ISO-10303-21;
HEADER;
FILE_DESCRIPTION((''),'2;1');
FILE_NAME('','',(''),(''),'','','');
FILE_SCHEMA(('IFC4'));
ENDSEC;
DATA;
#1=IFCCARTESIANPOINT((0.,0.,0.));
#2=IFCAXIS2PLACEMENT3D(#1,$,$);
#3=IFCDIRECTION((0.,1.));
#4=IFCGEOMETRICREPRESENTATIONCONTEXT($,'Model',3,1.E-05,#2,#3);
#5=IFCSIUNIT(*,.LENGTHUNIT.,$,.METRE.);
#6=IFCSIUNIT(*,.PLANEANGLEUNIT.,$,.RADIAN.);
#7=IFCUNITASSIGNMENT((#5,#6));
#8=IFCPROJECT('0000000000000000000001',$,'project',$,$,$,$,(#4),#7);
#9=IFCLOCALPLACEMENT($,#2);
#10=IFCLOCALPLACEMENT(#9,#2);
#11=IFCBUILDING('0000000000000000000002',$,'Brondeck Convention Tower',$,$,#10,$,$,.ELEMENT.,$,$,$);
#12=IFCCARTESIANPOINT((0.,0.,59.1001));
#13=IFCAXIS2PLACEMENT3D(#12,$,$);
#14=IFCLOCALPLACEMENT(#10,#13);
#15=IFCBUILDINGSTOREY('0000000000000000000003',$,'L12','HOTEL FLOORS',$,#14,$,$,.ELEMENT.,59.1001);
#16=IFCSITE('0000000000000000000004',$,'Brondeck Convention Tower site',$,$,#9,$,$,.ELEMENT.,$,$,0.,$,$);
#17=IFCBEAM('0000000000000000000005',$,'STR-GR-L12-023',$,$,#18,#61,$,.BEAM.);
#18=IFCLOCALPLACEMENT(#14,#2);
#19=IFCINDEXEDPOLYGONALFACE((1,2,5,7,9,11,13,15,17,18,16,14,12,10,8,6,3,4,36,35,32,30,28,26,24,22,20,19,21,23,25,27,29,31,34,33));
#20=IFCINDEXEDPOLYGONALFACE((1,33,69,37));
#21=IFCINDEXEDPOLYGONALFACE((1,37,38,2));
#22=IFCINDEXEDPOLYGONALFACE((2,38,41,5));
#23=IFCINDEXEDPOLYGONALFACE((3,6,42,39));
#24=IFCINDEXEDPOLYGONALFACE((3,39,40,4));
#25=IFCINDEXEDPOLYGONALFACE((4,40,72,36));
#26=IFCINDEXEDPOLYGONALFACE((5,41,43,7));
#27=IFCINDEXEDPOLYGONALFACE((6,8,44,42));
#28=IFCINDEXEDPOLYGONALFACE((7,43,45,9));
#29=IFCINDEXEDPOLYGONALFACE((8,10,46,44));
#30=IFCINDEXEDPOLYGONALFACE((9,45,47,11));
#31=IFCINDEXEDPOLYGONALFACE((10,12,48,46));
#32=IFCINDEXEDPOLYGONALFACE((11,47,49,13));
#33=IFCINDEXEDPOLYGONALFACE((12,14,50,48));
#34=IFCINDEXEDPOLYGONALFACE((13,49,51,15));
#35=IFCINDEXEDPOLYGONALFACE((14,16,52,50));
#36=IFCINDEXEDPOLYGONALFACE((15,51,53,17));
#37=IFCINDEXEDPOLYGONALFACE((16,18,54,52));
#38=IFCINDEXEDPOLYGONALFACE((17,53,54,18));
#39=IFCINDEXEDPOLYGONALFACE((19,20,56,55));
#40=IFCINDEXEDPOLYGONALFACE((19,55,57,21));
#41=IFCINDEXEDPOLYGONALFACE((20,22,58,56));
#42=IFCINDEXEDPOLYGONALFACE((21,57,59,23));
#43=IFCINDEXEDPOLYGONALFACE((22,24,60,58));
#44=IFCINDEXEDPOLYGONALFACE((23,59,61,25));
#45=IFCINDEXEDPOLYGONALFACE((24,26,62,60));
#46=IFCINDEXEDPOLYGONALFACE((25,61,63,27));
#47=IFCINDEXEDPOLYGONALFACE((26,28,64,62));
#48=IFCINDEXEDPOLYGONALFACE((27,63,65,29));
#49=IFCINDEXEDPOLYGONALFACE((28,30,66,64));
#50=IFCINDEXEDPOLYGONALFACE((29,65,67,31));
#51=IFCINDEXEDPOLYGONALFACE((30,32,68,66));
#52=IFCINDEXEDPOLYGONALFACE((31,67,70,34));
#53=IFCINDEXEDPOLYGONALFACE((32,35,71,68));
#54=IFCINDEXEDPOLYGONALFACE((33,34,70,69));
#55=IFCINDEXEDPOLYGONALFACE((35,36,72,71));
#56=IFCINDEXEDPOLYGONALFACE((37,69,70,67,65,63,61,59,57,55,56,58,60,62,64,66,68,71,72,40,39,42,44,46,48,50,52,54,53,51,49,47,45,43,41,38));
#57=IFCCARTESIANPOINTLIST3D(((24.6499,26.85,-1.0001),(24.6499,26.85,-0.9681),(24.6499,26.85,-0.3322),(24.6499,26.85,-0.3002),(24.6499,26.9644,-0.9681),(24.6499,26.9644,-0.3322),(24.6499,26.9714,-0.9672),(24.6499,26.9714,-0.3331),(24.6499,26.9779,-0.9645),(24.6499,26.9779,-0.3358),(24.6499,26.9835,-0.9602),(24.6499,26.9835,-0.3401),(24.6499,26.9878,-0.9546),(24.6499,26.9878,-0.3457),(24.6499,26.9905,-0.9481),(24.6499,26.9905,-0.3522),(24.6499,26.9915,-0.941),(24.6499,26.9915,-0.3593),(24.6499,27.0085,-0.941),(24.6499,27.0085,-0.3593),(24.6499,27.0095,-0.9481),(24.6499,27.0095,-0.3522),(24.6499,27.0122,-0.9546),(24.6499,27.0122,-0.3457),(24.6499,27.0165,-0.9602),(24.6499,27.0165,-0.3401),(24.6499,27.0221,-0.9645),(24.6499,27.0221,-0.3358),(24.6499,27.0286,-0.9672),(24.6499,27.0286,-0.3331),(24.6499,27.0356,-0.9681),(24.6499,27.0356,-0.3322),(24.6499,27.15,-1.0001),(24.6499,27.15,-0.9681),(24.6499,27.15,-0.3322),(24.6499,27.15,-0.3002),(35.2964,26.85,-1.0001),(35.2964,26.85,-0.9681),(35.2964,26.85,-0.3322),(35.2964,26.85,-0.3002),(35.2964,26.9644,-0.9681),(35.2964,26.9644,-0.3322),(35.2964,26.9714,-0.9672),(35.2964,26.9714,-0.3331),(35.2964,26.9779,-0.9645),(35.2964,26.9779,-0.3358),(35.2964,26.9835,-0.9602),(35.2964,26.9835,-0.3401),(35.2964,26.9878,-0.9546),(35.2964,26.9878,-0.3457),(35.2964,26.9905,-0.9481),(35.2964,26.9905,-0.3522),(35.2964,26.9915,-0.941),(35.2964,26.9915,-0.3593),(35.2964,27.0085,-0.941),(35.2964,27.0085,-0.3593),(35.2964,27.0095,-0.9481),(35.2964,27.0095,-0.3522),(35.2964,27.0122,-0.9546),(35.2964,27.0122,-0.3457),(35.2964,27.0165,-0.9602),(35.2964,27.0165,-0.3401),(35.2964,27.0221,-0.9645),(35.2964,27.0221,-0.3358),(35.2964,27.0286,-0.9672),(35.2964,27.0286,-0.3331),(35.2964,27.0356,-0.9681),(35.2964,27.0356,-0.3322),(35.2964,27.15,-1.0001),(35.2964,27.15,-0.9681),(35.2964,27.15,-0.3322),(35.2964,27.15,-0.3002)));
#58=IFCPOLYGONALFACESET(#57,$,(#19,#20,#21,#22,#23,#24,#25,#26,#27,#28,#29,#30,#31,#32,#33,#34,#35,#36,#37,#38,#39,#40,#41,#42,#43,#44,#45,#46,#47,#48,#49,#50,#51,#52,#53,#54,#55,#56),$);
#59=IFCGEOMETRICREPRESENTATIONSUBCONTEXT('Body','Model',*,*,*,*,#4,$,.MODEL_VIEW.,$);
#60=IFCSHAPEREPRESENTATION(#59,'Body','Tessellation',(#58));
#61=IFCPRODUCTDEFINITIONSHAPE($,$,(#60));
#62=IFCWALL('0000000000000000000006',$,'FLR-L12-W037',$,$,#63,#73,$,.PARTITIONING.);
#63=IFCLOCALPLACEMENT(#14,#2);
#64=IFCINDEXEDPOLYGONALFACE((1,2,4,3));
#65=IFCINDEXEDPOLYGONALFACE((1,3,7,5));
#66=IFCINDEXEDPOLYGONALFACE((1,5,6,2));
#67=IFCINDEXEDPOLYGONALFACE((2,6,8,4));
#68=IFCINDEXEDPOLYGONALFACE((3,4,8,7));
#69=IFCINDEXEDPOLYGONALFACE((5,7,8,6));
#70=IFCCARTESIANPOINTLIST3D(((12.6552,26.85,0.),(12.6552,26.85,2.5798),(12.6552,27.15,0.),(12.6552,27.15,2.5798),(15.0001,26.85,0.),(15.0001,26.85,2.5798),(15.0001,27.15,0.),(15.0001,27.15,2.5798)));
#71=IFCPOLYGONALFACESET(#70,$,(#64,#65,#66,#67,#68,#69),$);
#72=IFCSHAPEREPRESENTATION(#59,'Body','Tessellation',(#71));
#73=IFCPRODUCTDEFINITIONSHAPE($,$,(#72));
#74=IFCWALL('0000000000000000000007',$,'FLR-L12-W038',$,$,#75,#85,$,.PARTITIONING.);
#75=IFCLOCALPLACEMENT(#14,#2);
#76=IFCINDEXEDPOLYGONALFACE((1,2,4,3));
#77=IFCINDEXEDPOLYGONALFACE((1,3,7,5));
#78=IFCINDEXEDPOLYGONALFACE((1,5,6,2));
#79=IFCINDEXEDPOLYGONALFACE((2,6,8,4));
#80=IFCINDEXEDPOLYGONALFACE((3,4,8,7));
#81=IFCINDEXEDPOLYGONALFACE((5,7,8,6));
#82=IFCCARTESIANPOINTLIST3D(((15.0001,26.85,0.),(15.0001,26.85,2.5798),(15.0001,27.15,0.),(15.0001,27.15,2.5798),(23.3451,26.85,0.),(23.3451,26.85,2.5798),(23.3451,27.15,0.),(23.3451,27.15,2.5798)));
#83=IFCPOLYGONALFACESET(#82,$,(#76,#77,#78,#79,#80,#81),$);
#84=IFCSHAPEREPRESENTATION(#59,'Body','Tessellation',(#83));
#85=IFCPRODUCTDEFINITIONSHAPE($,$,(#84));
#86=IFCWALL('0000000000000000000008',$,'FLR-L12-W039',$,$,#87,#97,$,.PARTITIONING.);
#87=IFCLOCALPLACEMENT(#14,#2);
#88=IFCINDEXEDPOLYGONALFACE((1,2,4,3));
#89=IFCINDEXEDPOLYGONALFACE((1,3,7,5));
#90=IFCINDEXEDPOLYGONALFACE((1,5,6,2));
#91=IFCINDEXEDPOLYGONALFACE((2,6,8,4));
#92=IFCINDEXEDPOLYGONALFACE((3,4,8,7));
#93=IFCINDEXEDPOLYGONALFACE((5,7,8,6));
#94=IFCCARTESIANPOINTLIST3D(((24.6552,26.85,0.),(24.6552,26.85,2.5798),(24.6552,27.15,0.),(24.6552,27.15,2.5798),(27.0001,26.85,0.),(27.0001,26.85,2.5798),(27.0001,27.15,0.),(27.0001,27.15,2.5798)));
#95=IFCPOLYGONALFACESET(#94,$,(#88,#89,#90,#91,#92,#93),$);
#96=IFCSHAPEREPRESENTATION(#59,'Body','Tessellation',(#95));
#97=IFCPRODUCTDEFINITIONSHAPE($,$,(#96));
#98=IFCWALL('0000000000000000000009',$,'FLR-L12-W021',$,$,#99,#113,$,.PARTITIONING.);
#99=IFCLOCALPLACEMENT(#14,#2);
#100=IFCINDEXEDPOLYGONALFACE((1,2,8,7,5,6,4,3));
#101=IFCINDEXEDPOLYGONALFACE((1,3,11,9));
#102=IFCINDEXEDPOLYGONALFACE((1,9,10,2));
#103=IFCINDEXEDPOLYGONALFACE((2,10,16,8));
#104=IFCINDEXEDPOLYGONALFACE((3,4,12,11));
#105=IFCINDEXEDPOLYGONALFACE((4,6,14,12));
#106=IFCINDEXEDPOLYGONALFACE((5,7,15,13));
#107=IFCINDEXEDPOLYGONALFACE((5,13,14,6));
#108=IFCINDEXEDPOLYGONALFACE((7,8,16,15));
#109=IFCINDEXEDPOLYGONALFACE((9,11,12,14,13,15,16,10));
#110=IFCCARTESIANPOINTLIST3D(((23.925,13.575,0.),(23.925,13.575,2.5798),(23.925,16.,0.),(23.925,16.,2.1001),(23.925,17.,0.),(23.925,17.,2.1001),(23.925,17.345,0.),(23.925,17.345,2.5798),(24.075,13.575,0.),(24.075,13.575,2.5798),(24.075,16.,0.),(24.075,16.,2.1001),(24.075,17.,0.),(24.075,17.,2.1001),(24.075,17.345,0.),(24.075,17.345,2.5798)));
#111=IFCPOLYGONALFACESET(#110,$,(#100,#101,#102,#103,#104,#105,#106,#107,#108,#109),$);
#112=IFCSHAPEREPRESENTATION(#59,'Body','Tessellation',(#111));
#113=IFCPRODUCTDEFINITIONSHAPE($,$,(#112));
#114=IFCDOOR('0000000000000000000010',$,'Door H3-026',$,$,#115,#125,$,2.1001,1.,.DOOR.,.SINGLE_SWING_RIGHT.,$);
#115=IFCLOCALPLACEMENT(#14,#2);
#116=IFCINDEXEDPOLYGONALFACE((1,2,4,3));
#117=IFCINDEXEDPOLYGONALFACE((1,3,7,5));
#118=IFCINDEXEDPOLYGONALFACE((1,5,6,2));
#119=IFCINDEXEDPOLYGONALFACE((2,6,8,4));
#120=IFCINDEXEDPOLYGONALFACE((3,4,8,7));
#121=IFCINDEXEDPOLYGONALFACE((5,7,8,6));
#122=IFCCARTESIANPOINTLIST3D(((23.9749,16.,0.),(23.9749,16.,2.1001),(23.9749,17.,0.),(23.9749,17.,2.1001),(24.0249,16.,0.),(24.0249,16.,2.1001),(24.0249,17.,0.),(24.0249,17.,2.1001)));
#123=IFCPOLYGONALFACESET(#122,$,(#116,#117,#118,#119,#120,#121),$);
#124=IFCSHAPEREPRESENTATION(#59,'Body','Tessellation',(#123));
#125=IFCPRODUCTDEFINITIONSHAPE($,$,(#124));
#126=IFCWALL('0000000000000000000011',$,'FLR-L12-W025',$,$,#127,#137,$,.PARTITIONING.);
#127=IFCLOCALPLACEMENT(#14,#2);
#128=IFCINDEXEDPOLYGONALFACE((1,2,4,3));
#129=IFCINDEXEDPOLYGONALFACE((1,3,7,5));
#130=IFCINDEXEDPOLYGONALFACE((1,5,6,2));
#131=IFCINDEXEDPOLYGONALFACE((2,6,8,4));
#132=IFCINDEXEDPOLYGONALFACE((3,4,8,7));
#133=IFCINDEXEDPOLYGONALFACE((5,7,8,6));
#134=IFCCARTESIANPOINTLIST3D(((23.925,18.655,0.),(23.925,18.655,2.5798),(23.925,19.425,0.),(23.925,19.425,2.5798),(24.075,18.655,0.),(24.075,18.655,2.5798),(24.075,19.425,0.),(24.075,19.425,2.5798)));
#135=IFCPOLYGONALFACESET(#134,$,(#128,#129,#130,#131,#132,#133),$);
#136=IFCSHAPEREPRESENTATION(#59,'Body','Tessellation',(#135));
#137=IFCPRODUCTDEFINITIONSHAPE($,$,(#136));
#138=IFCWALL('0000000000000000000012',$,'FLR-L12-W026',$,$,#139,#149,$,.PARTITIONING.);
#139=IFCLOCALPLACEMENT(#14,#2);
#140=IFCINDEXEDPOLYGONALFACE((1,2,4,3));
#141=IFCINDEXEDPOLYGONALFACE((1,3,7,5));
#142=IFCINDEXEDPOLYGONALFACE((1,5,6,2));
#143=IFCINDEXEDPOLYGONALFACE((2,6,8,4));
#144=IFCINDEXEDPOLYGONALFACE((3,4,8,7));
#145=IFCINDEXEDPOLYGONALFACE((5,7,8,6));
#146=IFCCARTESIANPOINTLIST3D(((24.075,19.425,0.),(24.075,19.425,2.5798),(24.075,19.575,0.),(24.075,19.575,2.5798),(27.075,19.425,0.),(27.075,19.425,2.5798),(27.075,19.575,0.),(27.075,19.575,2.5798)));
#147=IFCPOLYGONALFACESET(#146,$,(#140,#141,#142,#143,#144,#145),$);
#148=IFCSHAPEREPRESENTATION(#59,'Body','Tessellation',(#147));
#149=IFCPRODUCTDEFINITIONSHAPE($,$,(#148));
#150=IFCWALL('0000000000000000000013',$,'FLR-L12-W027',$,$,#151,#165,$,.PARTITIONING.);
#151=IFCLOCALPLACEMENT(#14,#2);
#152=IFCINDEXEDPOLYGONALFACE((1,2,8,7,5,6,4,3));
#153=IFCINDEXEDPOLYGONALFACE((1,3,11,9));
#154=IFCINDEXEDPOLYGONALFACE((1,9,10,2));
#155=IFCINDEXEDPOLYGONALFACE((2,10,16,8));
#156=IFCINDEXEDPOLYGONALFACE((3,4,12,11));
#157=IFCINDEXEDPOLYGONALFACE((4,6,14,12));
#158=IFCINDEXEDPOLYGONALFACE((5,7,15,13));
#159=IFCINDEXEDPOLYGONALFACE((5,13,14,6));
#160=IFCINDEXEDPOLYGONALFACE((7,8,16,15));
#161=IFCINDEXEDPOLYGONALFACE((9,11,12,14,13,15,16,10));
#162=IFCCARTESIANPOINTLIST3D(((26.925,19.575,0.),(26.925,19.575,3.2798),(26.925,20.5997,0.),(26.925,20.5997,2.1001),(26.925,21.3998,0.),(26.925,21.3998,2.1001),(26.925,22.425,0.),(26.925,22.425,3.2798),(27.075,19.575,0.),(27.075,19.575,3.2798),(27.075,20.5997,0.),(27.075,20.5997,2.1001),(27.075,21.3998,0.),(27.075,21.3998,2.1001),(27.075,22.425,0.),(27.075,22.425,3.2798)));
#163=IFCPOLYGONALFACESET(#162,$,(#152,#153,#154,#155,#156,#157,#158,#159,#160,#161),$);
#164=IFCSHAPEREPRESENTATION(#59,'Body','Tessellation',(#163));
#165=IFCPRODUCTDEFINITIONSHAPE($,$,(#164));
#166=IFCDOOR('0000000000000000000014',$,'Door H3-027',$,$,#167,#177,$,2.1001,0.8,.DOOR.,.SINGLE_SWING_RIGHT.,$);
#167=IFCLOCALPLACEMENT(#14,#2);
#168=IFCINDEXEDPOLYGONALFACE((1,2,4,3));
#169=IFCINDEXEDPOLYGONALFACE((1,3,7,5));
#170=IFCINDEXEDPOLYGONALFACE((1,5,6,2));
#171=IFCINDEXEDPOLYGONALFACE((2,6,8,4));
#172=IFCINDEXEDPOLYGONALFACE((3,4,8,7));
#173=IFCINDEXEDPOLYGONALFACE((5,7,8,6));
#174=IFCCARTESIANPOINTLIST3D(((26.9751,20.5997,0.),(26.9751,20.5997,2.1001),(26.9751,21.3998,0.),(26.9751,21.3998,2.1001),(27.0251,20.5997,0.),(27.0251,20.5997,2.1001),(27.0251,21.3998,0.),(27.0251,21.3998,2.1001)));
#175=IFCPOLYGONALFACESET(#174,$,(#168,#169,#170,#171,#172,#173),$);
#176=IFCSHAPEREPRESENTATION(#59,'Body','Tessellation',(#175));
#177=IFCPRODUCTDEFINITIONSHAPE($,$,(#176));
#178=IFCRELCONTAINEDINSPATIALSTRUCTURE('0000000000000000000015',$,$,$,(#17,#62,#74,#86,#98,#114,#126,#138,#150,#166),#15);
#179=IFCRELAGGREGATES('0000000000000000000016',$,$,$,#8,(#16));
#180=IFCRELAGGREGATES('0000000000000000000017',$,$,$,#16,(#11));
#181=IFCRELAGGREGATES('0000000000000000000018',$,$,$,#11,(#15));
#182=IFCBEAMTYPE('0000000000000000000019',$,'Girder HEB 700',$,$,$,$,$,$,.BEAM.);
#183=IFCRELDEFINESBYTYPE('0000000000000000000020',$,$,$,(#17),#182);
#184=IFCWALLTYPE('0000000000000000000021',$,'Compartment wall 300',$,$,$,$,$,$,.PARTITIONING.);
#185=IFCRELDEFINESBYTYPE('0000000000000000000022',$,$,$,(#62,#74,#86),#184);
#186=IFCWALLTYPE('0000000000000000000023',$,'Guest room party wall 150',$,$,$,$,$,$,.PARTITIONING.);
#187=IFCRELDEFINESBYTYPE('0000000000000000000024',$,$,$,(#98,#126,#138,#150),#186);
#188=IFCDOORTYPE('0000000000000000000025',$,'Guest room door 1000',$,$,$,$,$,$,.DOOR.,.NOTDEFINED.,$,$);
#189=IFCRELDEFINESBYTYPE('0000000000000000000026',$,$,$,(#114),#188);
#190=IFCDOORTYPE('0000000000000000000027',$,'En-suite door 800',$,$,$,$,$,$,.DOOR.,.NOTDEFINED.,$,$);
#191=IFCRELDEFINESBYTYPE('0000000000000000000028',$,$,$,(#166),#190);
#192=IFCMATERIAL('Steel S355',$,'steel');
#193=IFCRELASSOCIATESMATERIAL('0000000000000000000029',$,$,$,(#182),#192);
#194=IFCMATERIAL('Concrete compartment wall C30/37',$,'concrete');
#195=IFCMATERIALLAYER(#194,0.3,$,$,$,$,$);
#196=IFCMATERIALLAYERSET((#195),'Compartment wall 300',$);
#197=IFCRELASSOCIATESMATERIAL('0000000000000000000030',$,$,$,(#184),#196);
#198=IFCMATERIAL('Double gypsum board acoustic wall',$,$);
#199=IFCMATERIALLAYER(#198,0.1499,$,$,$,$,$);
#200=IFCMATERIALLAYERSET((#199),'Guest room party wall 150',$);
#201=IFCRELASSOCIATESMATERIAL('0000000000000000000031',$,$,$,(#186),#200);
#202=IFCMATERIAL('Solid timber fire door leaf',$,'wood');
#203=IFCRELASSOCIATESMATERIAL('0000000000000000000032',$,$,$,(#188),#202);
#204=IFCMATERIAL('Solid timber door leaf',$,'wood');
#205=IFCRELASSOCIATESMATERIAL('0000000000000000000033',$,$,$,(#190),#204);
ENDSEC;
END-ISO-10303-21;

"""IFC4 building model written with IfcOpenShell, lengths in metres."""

from ifc_helpers import new_model, si_unit, direction, frame, frame_2d, origin, origin_2d, place, context, subcontext, project, spatial, rectangle, i_section, extrude, material, layer, layer_set, material_profile, profile_set, type_object, element, fill, save


model = new_model("IFC4")

# Units and contexts
model_context = context("Model", 3, precision=1e-05, world=origin(), true_north=direction((0.0, 1.0)))
body_context = subcontext(model_context, "Body", "Model", "MODEL_VIEW")
ifc_project = project(units=[si_unit("LENGTHUNIT", "METRE"), si_unit("PLANEANGLEUNIT", "RADIAN")], contexts=[model_context])

# Site, building, storey
site_placement = place(None, origin())
site = spatial("IfcSite", under=ifc_project, at=site_placement, Name="Brondeck Convention Tower site", CompositionType="ELEMENT", RefElevation=0.0)
building_placement = place(site_placement, origin())
building = spatial("IfcBuilding", under=site, at=building_placement, Name="Brondeck Convention Tower", CompositionType="ELEMENT")
storey_placement = place(building_placement, frame((0.0, 0.0, 59.1001)))
storey = spatial("IfcBuildingStorey", under=building, at=storey_placement, Name="L12", Description="HOTEL FLOORS", CompositionType="ELEMENT", Elevation=59.1001)

# Beam
ifc_material_1 = material(Name="Steel S355", Category="steel")
ifc_material_profile_1 = material_profile(ifc_material_1, i_section(OverallWidth=0.3, OverallDepth=0.7, WebThickness=0.0171, FlangeThickness=0.032, FilletRadius=0.0271, at=origin_2d()), Name="HEB 700")
ifc_profile_set_1 = profile_set([ifc_material_profile_1], Name="Steel S355")
beam_type_1 = type_object("IfcBeamType", Name="Girder HEB 700", PredefinedType="BEAM", material=ifc_profile_set_1)
beam_1_placement = place(storey_placement, frame((24.6499, 27.0, -0.6501), z_axis=(1.0, 0.0, 0.0), x_axis=(0.0, 1.0, 0.0)))
element("IfcBeam", 1, at=beam_1_placement, inside=storey, type_object=beam_type_1, Name="STR-GR-L12-023", PredefinedType="BEAM", context=body_context, shape_type="SweptSolid", body=[
    extrude(i_section(OverallWidth=0.3, OverallDepth=0.7, WebThickness=0.0171, FlangeThickness=0.032, FilletRadius=0.0271, at=origin_2d()), origin(), (0.0, 0.0, 1.0), 10.6465),
])

# Walls
ifc_material_2 = material(Name="Concrete compartment wall C30/37", Category="concrete")
ifc_layer_1 = layer(ifc_material_2, 0.3)
ifc_layer_set_1 = layer_set([ifc_layer_1], Name="Compartment wall 300")
wall_type_1 = type_object("IfcWallType", Name="Compartment wall 300", PredefinedType="PARTITIONING", material=ifc_layer_set_1)
wall_1_placement = place(storey_placement, frame((15.0, 27.0, 0.0), z_axis=(0.0, 0.0, 1.0), x_axis=(-1.0, 0.0, 0.0)))
element("IfcWall", 2, at=wall_1_placement, inside=storey, type_object=wall_type_1, Name="FLR-L12-W037", PredefinedType="PARTITIONING", context=body_context, shape_type="SweptSolid", body=[
    extrude(rectangle(XDim=2.345, YDim=0.3, at=frame_2d((1.1724, 0.0))), origin(), (0.0, 0.0, 1.0), 2.5798),
])
wall_2_placement = place(storey_placement, frame((23.345, 27.0, 0.0), z_axis=(0.0, 0.0, 1.0), x_axis=(-1.0, 0.0, 0.0)))
element("IfcWall", 3, at=wall_2_placement, inside=storey, type_object=wall_type_1, Name="FLR-L12-W038", PredefinedType="PARTITIONING", context=body_context, shape_type="SweptSolid", body=[
    extrude(rectangle(XDim=8.345, YDim=0.3, at=frame_2d((4.1724, 0.0))), origin(), (0.0, 0.0, 1.0), 2.5798),
])
wall_3_placement = place(storey_placement, frame((27.0, 27.0, 0.0), z_axis=(0.0, 0.0, 1.0), x_axis=(-1.0, 0.0, 0.0)))
element("IfcWall", 4, at=wall_3_placement, inside=storey, type_object=wall_type_1, Name="FLR-L12-W039", PredefinedType="PARTITIONING", context=body_context, shape_type="SweptSolid", body=[
    extrude(rectangle(XDim=2.345, YDim=0.3, at=frame_2d((1.1724, 0.0))), origin(), (0.0, 0.0, 1.0), 2.5798),
])

# Wall, opening, door
ifc_material_3 = material(Name="Double gypsum board acoustic wall")
ifc_layer_2 = layer(ifc_material_3, 0.1499)
ifc_layer_set_2 = layer_set([ifc_layer_2], Name="Guest room party wall 150")
wall_type_2 = type_object("IfcWallType", Name="Guest room party wall 150", PredefinedType="PARTITIONING", material=ifc_layer_set_2)
wall_4_placement = place(storey_placement, frame((24.0, 17.345, 0.0), z_axis=(0.0, 0.0, 1.0), x_axis=(0.0, -1.0, 0.0)))
wall_4 = element("IfcWall", 5, at=wall_4_placement, inside=storey, type_object=wall_type_2, Name="FLR-L12-W021", PredefinedType="PARTITIONING", context=body_context, shape_type="SweptSolid", body=[
    extrude(rectangle(XDim=3.77, YDim=0.1499, at=frame_2d((1.885, 0.0))), origin(), (0.0, 0.0, 1.0), 2.5798),
])
opening_1_placement = place(wall_4_placement, frame((0.345, 0.0, 0.0)))
opening_1 = element("IfcOpeningElement", 6, at=opening_1_placement, cuts=wall_4, PredefinedType="OPENING", context=body_context, shape_type="SweptSolid", body=[
    extrude(rectangle(XDim=1.0, YDim=2.1001, at=frame_2d((0.5, 1.05))), frame((0.0, 0.085, 0.0), z_axis=(0.0, -1.0, 0.0), x_axis=(1.0, 0.0, 0.0)), (0.0, 0.0, 1.0), 0.1699),
])
ifc_material_4 = material(Name="Solid timber fire door leaf", Category="wood")
door_type_1 = type_object("IfcDoorType", Name="Guest room door 1000", OperationType="NOTDEFINED", PredefinedType="DOOR", material=ifc_material_4)
door_1_placement = place(opening_1_placement, origin())
door_1 = element("IfcDoor", 7, at=door_1_placement, inside=storey, type_object=door_type_1, Name="Door H3-026", OperationType="SINGLE_SWING_RIGHT", OverallHeight=2.1001, OverallWidth=1.0, PredefinedType="DOOR", context=body_context, shape_type="SweptSolid", body=[
    extrude(rectangle(XDim=1.0, YDim=2.1001, at=frame_2d((0.5, 1.05))), frame((0.0, 0.0249, 0.0), z_axis=(0.0, -1.0, 0.0), x_axis=(1.0, 0.0, 0.0)), (0.0, 0.0, 1.0), 0.05),
])
fill(opening_1, door_1)

# Walls
wall_5_placement = place(storey_placement, frame((24.0, 19.425, 0.0), z_axis=(0.0, 0.0, 1.0), x_axis=(0.0, -1.0, 0.0)))
element("IfcWall", 8, at=wall_5_placement, inside=storey, type_object=wall_type_2, Name="FLR-L12-W025", PredefinedType="PARTITIONING", context=body_context, shape_type="SweptSolid", body=[
    extrude(rectangle(XDim=0.77, YDim=0.1499, at=frame_2d((0.385, 0.0))), origin(), (0.0, 0.0, 1.0), 2.5798),
])
wall_6_placement = place(storey_placement, frame((24.075, 19.5, 0.0), z_axis=(0.0, 0.0, 1.0), x_axis=(1.0, 0.0, 0.0)))
element("IfcWall", 9, at=wall_6_placement, inside=storey, type_object=wall_type_2, Name="FLR-L12-W026", PredefinedType="PARTITIONING", context=body_context, shape_type="SweptSolid", body=[
    extrude(rectangle(XDim=3.0, YDim=0.1499, at=frame_2d((1.5, 0.0))), origin(), (0.0, 0.0, 1.0), 2.5798),
])

# Wall, opening, door
wall_7_placement = place(storey_placement, frame((27.0, 19.575, 0.0), z_axis=(0.0, 0.0, 1.0), x_axis=(0.0, 1.0, 0.0)))
wall_7 = element("IfcWall", 10, at=wall_7_placement, inside=storey, type_object=wall_type_2, Name="FLR-L12-W027", PredefinedType="PARTITIONING", context=body_context, shape_type="SweptSolid", body=[
    extrude(rectangle(XDim=2.8501, YDim=0.1499, at=frame_2d((1.425, 0.0))), origin(), (0.0, 0.0, 1.0), 3.2798),
])
opening_2_placement = place(wall_7_placement, frame((1.0249, 0.0, 0.0)))
opening_2 = element("IfcOpeningElement", 11, at=opening_2_placement, cuts=wall_7, PredefinedType="OPENING", context=body_context, shape_type="SweptSolid", body=[
    extrude(rectangle(XDim=0.8, YDim=2.1001, at=frame_2d((0.3999, 1.05))), frame((0.0, 0.085, 0.0), z_axis=(0.0, -1.0, 0.0), x_axis=(1.0, 0.0, 0.0)), (0.0, 0.0, 1.0), 0.1699),
])
ifc_material_5 = material(Name="Solid timber door leaf", Category="wood")
door_type_2 = type_object("IfcDoorType", Name="En-suite door 800", OperationType="NOTDEFINED", PredefinedType="DOOR", material=ifc_material_5)
door_2_placement = place(opening_2_placement, origin())
door_2 = element("IfcDoor", 12, at=door_2_placement, inside=storey, type_object=door_type_2, Name="Door H3-027", OperationType="SINGLE_SWING_RIGHT", OverallHeight=2.1001, OverallWidth=0.8, PredefinedType="DOOR", context=body_context, shape_type="SweptSolid", body=[
    extrude(rectangle(XDim=0.8, YDim=2.1001, at=frame_2d((0.3999, 1.05))), frame((0.0, 0.0249, 0.0), z_axis=(0.0, -1.0, 0.0), x_axis=(1.0, 0.0, 0.0)), (0.0, 0.0, 1.0), 0.05),
])
fill(opening_2, door_2)

save(model, "model.ifc")
